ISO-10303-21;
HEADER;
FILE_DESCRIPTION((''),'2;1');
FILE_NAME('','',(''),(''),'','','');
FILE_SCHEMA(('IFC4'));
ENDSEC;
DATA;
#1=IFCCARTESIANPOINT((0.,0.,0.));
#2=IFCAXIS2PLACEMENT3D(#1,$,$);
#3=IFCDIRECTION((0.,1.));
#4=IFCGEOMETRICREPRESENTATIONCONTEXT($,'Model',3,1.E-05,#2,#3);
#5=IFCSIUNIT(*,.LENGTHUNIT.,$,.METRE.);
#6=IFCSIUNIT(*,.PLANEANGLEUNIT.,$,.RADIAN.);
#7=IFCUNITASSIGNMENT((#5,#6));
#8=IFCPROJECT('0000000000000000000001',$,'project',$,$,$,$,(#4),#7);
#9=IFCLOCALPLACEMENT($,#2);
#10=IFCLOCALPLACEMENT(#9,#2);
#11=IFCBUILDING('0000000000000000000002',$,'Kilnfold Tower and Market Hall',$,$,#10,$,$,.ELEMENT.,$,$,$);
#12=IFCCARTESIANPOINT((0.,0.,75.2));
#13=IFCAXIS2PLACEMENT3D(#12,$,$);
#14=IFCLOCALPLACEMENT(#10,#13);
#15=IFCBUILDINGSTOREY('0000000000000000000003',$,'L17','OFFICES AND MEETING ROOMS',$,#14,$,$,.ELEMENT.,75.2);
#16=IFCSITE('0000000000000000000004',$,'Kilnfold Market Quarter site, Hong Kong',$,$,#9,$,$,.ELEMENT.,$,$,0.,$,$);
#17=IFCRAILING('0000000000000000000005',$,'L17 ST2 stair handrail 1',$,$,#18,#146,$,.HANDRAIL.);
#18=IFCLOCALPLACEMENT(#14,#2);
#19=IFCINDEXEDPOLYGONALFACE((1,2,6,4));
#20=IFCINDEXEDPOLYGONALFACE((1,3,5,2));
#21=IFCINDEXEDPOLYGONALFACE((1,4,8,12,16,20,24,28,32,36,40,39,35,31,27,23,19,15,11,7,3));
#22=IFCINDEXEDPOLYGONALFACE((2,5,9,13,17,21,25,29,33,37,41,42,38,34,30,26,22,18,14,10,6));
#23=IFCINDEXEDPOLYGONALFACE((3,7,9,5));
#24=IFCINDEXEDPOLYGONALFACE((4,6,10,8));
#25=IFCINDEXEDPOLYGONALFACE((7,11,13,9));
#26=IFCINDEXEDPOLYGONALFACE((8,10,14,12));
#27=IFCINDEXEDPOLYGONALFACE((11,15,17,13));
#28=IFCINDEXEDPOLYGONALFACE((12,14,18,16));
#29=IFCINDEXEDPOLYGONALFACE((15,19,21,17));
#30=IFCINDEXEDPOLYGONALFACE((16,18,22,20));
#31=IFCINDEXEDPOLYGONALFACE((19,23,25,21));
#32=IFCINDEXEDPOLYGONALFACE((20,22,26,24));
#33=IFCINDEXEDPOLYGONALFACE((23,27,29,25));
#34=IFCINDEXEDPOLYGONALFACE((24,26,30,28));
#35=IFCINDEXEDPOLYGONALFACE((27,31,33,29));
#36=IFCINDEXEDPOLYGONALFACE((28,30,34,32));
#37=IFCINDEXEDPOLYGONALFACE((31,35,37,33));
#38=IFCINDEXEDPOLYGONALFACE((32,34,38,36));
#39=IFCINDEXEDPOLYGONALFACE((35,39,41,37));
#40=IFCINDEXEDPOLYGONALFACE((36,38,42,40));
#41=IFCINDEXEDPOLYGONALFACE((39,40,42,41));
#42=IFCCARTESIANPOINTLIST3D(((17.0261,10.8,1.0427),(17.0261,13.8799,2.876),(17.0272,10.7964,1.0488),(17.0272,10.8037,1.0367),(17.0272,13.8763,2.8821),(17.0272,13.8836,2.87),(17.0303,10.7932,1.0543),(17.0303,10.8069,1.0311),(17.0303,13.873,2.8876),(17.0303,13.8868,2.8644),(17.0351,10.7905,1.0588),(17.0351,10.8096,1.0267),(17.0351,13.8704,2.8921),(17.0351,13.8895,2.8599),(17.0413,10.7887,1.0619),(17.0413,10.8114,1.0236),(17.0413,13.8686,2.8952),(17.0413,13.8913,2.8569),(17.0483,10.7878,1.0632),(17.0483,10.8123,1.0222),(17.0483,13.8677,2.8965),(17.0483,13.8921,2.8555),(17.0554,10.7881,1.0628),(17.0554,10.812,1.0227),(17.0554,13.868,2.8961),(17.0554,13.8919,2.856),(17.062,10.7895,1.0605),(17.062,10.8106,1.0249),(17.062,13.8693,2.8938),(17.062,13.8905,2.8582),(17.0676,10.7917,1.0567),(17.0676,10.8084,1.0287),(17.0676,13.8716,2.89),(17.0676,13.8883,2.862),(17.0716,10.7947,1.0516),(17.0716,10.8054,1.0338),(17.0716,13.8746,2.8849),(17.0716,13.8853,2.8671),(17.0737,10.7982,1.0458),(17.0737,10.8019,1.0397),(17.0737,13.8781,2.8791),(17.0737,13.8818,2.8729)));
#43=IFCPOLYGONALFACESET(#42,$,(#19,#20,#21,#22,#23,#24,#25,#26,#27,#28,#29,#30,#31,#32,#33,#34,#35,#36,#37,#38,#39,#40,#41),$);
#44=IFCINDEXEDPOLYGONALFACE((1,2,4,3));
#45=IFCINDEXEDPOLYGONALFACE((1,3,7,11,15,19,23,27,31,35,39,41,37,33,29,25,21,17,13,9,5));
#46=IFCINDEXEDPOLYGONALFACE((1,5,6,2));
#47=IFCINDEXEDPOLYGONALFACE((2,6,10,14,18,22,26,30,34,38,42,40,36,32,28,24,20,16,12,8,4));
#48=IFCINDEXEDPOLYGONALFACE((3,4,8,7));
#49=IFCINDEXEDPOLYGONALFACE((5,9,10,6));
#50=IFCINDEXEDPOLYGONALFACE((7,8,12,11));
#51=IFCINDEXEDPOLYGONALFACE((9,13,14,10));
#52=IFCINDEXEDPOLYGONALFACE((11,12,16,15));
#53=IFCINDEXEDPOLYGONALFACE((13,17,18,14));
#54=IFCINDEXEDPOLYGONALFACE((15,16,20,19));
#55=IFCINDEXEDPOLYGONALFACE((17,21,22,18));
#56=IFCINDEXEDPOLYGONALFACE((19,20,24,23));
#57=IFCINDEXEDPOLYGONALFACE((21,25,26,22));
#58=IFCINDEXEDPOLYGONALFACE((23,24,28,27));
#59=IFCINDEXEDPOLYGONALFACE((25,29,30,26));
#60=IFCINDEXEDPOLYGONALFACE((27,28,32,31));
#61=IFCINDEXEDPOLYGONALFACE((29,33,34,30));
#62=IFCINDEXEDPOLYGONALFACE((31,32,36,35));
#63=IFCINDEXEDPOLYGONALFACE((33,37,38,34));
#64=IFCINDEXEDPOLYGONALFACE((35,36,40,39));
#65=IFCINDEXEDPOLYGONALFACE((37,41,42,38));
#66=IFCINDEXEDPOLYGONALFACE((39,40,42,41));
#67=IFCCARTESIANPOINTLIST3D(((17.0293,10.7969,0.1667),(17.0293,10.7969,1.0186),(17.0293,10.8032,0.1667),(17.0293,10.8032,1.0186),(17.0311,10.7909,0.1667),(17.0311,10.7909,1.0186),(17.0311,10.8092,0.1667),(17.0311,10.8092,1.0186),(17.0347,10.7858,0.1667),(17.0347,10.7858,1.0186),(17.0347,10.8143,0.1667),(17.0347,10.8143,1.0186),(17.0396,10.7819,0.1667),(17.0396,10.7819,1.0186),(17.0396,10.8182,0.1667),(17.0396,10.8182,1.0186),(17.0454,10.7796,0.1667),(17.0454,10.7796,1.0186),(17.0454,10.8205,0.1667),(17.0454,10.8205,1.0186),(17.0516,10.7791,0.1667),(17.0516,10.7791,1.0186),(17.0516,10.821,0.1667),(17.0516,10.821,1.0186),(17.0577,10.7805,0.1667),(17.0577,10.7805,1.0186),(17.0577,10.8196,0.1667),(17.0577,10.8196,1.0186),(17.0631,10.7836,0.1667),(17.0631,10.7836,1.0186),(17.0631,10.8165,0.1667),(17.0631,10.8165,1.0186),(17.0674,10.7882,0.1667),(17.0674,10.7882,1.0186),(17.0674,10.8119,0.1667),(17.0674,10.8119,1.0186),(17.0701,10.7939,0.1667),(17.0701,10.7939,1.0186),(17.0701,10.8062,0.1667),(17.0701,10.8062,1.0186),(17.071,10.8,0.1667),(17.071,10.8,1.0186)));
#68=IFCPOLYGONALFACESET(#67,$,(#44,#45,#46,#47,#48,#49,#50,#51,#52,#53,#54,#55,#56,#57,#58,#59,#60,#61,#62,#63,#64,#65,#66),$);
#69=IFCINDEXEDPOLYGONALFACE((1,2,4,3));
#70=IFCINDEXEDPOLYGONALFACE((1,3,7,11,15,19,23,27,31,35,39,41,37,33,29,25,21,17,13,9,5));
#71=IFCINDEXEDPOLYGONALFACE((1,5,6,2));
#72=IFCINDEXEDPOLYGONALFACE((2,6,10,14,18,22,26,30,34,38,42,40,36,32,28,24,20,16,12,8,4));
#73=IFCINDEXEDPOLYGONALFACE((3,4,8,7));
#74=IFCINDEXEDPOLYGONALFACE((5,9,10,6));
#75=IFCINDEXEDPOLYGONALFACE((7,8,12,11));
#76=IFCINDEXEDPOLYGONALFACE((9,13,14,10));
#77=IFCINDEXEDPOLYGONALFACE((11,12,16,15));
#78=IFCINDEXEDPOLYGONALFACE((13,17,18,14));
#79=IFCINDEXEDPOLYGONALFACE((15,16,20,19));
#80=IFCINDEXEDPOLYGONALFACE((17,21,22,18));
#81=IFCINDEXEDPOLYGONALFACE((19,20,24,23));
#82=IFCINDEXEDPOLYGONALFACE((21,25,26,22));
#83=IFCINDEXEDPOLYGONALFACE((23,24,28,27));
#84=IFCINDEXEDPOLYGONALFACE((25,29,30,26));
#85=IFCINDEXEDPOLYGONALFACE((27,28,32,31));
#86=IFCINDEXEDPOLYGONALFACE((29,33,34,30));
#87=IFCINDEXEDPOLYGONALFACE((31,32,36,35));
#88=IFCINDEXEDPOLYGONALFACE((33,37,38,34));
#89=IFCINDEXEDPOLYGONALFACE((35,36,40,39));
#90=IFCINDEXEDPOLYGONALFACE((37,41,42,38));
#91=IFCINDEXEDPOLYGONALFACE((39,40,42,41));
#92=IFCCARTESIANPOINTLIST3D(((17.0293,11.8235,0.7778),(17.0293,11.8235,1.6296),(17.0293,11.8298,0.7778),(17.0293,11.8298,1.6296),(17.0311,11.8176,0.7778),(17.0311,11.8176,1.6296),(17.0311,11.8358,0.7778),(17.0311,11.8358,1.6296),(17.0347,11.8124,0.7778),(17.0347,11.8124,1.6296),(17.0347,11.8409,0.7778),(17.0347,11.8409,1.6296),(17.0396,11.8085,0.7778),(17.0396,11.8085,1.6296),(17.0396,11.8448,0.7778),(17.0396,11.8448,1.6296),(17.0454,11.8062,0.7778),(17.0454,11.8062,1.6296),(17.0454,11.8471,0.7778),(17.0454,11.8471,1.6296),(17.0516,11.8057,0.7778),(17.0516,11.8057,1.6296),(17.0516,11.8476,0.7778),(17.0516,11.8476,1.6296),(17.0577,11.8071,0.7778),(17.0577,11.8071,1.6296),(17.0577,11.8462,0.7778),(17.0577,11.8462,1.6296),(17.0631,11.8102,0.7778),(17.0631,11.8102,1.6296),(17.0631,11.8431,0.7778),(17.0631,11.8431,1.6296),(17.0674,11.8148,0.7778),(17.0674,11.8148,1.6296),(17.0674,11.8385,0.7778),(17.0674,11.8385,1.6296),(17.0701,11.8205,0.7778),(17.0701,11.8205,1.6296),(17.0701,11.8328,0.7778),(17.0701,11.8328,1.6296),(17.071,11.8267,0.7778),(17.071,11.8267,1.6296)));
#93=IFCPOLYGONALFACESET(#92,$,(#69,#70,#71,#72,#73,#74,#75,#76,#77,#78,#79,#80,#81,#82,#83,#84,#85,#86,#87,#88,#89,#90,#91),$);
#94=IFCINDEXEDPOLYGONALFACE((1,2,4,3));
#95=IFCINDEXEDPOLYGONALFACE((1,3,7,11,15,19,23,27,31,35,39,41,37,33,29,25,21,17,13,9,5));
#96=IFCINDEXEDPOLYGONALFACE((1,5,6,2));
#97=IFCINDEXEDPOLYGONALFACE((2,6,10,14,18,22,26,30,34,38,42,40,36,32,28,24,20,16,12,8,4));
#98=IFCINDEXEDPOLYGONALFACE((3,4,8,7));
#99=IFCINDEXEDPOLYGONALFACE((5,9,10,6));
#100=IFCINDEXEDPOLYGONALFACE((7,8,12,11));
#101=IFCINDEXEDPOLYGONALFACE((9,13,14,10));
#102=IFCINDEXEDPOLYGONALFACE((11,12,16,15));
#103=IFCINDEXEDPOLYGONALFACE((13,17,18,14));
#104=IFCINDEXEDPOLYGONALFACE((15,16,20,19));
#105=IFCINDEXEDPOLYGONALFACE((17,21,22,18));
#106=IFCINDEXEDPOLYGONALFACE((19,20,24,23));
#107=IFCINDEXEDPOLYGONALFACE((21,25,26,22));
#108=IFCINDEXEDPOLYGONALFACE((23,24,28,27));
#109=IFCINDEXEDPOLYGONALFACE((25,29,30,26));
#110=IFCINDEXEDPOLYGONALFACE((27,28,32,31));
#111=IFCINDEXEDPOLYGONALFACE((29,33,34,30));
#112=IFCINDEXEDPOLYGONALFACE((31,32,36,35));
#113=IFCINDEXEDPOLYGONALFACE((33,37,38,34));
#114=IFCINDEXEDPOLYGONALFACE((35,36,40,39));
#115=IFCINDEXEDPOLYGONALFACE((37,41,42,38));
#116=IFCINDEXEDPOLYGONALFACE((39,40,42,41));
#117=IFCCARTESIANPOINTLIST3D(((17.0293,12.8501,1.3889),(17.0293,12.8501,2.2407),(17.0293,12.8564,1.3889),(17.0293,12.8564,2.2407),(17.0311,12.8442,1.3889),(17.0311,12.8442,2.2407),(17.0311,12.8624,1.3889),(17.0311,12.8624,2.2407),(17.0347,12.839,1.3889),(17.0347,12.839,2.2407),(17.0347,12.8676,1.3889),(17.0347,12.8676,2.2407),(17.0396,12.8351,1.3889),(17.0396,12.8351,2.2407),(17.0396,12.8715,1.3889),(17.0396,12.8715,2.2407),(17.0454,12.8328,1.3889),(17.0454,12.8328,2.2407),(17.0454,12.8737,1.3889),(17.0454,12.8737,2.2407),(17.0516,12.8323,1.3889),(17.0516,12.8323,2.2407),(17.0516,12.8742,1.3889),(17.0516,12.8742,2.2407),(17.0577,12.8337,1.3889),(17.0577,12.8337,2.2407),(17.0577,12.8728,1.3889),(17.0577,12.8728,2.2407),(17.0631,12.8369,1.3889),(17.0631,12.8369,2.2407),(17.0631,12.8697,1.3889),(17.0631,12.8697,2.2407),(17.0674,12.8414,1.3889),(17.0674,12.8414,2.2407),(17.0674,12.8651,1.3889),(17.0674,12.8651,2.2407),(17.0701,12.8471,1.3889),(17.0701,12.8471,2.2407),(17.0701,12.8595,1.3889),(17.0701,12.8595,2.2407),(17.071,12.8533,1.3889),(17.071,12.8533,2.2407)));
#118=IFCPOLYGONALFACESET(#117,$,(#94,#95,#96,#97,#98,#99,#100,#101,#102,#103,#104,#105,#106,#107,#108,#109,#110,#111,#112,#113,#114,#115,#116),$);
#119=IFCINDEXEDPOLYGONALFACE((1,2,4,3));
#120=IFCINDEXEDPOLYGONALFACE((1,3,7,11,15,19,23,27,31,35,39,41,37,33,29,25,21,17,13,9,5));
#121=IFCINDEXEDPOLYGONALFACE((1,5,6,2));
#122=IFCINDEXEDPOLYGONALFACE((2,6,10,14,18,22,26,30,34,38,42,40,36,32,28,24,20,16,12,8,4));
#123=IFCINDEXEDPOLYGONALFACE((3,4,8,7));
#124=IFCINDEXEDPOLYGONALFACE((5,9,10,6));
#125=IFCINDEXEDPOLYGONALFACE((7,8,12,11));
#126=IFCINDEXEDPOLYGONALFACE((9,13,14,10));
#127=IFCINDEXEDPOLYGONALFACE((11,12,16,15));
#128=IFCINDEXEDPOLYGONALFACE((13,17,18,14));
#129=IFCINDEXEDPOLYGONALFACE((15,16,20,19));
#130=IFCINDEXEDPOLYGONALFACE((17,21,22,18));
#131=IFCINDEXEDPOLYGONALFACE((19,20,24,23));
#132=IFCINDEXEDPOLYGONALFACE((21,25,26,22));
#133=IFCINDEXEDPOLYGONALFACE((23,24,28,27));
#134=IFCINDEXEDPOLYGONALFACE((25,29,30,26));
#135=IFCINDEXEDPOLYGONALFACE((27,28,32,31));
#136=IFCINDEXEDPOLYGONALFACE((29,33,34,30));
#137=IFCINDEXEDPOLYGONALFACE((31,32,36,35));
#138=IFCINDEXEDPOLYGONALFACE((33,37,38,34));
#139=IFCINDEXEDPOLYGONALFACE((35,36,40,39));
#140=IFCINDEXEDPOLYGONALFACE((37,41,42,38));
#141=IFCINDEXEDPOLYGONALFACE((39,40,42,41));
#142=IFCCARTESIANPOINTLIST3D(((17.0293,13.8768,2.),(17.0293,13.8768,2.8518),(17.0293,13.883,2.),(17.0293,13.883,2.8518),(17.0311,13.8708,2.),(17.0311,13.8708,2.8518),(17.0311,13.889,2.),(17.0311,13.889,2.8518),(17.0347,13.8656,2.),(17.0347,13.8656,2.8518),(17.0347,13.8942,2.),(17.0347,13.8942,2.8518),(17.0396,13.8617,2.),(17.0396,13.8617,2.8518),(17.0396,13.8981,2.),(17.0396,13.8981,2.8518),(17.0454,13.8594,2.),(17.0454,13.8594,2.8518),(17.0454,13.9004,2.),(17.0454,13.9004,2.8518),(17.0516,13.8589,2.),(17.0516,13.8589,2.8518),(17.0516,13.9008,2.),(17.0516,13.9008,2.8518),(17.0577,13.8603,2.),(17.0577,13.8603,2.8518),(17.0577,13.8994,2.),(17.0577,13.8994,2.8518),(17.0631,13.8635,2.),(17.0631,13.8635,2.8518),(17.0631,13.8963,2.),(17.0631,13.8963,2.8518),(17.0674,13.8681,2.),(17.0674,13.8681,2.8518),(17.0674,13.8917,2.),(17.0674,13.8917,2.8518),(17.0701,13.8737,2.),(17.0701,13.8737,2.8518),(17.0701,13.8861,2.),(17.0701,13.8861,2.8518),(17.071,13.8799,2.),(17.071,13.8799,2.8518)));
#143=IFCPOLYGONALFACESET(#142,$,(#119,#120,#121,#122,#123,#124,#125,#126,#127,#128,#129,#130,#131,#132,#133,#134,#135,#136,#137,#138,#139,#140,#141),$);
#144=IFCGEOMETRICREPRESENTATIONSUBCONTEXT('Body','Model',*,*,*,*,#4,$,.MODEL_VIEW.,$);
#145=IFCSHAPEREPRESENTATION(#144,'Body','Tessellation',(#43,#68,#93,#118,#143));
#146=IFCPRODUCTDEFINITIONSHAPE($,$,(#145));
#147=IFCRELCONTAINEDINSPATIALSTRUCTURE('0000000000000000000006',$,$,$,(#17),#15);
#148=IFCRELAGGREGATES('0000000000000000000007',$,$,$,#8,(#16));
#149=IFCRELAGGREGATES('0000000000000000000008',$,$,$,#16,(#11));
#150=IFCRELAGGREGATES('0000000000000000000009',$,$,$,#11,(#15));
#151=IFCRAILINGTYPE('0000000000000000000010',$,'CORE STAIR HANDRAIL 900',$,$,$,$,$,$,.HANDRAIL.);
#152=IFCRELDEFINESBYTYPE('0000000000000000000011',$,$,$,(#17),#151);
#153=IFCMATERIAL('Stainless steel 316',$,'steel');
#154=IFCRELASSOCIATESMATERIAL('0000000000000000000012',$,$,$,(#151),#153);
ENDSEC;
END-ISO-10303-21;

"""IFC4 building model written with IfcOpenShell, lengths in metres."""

from ifc_helpers import new_model, si_unit, direction, frame, origin, origin_2d, place, context, subcontext, project, spatial, circle, extrude, material, type_object, element, save


model = new_model("IFC4")

# Units and contexts
model_context = context("Model", 3, precision=1e-05, world=origin(), true_north=direction((0.0, 1.0)))
body_context = subcontext(model_context, "Body", "Model", "MODEL_VIEW")
ifc_project = project(units=[si_unit("LENGTHUNIT", "METRE"), si_unit("PLANEANGLEUNIT", "RADIAN")], contexts=[model_context])

# Site, building, storey
site_placement = place(None, origin())
site = spatial("IfcSite", under=ifc_project, at=site_placement, Name="Kilnfold Market Quarter site, Hong Kong", CompositionType="ELEMENT", RefElevation=0.0)
building_placement = place(site_placement, origin())
building = spatial("IfcBuilding", under=site, at=building_placement, Name="Kilnfold Tower and Market Hall", CompositionType="ELEMENT")
storey_placement = place(building_placement, frame((0.0, 0.0, 75.2)))
storey = spatial("IfcBuildingStorey", under=building, at=storey_placement, Name="L17", Description="OFFICES AND MEETING ROOMS", CompositionType="ELEMENT", Elevation=75.2)

# Railing
ifc_material_1 = material(Name="Stainless steel 316", Category="steel")
railing_type_1 = type_object("IfcRailingType", Name="CORE STAIR HANDRAIL 900", PredefinedType="HANDRAIL", material=ifc_material_1)
railing_1_placement = place(storey_placement, frame((17.05, 10.8, 0.1667)))
element("IfcRailing", 1, at=railing_1_placement, inside=storey, type_object=railing_type_1, Name="L17 ST2 stair handrail 1", PredefinedType="HANDRAIL", context=body_context, shape_type="SweptSolid", body=[
    extrude(circle(Radius=0.0239, at=origin_2d()), frame((0.0, 0.0, 0.876), z_axis=(0.0, 0.859291, 0.511487), x_axis=(-1.0, 0.0, 0.0)), (0.0, 0.0, 1.0), 3.5842),
    extrude(circle(Radius=0.021, at=origin_2d()), origin(), (0.0, 0.0, 1.0), 0.8518),
    extrude(circle(Radius=0.021, at=origin_2d()), frame((0.0, 1.0266, 0.6111)), (0.0, 0.0, 1.0), 0.8518),
    extrude(circle(Radius=0.021, at=origin_2d()), frame((0.0, 2.0532, 1.2222)), (0.0, 0.0, 1.0), 0.8518),
    extrude(circle(Radius=0.021, at=origin_2d()), frame((0.0, 3.0798, 1.8333)), (0.0, 0.0, 1.0), 0.8518),
])

save(model, "model.ifc")
